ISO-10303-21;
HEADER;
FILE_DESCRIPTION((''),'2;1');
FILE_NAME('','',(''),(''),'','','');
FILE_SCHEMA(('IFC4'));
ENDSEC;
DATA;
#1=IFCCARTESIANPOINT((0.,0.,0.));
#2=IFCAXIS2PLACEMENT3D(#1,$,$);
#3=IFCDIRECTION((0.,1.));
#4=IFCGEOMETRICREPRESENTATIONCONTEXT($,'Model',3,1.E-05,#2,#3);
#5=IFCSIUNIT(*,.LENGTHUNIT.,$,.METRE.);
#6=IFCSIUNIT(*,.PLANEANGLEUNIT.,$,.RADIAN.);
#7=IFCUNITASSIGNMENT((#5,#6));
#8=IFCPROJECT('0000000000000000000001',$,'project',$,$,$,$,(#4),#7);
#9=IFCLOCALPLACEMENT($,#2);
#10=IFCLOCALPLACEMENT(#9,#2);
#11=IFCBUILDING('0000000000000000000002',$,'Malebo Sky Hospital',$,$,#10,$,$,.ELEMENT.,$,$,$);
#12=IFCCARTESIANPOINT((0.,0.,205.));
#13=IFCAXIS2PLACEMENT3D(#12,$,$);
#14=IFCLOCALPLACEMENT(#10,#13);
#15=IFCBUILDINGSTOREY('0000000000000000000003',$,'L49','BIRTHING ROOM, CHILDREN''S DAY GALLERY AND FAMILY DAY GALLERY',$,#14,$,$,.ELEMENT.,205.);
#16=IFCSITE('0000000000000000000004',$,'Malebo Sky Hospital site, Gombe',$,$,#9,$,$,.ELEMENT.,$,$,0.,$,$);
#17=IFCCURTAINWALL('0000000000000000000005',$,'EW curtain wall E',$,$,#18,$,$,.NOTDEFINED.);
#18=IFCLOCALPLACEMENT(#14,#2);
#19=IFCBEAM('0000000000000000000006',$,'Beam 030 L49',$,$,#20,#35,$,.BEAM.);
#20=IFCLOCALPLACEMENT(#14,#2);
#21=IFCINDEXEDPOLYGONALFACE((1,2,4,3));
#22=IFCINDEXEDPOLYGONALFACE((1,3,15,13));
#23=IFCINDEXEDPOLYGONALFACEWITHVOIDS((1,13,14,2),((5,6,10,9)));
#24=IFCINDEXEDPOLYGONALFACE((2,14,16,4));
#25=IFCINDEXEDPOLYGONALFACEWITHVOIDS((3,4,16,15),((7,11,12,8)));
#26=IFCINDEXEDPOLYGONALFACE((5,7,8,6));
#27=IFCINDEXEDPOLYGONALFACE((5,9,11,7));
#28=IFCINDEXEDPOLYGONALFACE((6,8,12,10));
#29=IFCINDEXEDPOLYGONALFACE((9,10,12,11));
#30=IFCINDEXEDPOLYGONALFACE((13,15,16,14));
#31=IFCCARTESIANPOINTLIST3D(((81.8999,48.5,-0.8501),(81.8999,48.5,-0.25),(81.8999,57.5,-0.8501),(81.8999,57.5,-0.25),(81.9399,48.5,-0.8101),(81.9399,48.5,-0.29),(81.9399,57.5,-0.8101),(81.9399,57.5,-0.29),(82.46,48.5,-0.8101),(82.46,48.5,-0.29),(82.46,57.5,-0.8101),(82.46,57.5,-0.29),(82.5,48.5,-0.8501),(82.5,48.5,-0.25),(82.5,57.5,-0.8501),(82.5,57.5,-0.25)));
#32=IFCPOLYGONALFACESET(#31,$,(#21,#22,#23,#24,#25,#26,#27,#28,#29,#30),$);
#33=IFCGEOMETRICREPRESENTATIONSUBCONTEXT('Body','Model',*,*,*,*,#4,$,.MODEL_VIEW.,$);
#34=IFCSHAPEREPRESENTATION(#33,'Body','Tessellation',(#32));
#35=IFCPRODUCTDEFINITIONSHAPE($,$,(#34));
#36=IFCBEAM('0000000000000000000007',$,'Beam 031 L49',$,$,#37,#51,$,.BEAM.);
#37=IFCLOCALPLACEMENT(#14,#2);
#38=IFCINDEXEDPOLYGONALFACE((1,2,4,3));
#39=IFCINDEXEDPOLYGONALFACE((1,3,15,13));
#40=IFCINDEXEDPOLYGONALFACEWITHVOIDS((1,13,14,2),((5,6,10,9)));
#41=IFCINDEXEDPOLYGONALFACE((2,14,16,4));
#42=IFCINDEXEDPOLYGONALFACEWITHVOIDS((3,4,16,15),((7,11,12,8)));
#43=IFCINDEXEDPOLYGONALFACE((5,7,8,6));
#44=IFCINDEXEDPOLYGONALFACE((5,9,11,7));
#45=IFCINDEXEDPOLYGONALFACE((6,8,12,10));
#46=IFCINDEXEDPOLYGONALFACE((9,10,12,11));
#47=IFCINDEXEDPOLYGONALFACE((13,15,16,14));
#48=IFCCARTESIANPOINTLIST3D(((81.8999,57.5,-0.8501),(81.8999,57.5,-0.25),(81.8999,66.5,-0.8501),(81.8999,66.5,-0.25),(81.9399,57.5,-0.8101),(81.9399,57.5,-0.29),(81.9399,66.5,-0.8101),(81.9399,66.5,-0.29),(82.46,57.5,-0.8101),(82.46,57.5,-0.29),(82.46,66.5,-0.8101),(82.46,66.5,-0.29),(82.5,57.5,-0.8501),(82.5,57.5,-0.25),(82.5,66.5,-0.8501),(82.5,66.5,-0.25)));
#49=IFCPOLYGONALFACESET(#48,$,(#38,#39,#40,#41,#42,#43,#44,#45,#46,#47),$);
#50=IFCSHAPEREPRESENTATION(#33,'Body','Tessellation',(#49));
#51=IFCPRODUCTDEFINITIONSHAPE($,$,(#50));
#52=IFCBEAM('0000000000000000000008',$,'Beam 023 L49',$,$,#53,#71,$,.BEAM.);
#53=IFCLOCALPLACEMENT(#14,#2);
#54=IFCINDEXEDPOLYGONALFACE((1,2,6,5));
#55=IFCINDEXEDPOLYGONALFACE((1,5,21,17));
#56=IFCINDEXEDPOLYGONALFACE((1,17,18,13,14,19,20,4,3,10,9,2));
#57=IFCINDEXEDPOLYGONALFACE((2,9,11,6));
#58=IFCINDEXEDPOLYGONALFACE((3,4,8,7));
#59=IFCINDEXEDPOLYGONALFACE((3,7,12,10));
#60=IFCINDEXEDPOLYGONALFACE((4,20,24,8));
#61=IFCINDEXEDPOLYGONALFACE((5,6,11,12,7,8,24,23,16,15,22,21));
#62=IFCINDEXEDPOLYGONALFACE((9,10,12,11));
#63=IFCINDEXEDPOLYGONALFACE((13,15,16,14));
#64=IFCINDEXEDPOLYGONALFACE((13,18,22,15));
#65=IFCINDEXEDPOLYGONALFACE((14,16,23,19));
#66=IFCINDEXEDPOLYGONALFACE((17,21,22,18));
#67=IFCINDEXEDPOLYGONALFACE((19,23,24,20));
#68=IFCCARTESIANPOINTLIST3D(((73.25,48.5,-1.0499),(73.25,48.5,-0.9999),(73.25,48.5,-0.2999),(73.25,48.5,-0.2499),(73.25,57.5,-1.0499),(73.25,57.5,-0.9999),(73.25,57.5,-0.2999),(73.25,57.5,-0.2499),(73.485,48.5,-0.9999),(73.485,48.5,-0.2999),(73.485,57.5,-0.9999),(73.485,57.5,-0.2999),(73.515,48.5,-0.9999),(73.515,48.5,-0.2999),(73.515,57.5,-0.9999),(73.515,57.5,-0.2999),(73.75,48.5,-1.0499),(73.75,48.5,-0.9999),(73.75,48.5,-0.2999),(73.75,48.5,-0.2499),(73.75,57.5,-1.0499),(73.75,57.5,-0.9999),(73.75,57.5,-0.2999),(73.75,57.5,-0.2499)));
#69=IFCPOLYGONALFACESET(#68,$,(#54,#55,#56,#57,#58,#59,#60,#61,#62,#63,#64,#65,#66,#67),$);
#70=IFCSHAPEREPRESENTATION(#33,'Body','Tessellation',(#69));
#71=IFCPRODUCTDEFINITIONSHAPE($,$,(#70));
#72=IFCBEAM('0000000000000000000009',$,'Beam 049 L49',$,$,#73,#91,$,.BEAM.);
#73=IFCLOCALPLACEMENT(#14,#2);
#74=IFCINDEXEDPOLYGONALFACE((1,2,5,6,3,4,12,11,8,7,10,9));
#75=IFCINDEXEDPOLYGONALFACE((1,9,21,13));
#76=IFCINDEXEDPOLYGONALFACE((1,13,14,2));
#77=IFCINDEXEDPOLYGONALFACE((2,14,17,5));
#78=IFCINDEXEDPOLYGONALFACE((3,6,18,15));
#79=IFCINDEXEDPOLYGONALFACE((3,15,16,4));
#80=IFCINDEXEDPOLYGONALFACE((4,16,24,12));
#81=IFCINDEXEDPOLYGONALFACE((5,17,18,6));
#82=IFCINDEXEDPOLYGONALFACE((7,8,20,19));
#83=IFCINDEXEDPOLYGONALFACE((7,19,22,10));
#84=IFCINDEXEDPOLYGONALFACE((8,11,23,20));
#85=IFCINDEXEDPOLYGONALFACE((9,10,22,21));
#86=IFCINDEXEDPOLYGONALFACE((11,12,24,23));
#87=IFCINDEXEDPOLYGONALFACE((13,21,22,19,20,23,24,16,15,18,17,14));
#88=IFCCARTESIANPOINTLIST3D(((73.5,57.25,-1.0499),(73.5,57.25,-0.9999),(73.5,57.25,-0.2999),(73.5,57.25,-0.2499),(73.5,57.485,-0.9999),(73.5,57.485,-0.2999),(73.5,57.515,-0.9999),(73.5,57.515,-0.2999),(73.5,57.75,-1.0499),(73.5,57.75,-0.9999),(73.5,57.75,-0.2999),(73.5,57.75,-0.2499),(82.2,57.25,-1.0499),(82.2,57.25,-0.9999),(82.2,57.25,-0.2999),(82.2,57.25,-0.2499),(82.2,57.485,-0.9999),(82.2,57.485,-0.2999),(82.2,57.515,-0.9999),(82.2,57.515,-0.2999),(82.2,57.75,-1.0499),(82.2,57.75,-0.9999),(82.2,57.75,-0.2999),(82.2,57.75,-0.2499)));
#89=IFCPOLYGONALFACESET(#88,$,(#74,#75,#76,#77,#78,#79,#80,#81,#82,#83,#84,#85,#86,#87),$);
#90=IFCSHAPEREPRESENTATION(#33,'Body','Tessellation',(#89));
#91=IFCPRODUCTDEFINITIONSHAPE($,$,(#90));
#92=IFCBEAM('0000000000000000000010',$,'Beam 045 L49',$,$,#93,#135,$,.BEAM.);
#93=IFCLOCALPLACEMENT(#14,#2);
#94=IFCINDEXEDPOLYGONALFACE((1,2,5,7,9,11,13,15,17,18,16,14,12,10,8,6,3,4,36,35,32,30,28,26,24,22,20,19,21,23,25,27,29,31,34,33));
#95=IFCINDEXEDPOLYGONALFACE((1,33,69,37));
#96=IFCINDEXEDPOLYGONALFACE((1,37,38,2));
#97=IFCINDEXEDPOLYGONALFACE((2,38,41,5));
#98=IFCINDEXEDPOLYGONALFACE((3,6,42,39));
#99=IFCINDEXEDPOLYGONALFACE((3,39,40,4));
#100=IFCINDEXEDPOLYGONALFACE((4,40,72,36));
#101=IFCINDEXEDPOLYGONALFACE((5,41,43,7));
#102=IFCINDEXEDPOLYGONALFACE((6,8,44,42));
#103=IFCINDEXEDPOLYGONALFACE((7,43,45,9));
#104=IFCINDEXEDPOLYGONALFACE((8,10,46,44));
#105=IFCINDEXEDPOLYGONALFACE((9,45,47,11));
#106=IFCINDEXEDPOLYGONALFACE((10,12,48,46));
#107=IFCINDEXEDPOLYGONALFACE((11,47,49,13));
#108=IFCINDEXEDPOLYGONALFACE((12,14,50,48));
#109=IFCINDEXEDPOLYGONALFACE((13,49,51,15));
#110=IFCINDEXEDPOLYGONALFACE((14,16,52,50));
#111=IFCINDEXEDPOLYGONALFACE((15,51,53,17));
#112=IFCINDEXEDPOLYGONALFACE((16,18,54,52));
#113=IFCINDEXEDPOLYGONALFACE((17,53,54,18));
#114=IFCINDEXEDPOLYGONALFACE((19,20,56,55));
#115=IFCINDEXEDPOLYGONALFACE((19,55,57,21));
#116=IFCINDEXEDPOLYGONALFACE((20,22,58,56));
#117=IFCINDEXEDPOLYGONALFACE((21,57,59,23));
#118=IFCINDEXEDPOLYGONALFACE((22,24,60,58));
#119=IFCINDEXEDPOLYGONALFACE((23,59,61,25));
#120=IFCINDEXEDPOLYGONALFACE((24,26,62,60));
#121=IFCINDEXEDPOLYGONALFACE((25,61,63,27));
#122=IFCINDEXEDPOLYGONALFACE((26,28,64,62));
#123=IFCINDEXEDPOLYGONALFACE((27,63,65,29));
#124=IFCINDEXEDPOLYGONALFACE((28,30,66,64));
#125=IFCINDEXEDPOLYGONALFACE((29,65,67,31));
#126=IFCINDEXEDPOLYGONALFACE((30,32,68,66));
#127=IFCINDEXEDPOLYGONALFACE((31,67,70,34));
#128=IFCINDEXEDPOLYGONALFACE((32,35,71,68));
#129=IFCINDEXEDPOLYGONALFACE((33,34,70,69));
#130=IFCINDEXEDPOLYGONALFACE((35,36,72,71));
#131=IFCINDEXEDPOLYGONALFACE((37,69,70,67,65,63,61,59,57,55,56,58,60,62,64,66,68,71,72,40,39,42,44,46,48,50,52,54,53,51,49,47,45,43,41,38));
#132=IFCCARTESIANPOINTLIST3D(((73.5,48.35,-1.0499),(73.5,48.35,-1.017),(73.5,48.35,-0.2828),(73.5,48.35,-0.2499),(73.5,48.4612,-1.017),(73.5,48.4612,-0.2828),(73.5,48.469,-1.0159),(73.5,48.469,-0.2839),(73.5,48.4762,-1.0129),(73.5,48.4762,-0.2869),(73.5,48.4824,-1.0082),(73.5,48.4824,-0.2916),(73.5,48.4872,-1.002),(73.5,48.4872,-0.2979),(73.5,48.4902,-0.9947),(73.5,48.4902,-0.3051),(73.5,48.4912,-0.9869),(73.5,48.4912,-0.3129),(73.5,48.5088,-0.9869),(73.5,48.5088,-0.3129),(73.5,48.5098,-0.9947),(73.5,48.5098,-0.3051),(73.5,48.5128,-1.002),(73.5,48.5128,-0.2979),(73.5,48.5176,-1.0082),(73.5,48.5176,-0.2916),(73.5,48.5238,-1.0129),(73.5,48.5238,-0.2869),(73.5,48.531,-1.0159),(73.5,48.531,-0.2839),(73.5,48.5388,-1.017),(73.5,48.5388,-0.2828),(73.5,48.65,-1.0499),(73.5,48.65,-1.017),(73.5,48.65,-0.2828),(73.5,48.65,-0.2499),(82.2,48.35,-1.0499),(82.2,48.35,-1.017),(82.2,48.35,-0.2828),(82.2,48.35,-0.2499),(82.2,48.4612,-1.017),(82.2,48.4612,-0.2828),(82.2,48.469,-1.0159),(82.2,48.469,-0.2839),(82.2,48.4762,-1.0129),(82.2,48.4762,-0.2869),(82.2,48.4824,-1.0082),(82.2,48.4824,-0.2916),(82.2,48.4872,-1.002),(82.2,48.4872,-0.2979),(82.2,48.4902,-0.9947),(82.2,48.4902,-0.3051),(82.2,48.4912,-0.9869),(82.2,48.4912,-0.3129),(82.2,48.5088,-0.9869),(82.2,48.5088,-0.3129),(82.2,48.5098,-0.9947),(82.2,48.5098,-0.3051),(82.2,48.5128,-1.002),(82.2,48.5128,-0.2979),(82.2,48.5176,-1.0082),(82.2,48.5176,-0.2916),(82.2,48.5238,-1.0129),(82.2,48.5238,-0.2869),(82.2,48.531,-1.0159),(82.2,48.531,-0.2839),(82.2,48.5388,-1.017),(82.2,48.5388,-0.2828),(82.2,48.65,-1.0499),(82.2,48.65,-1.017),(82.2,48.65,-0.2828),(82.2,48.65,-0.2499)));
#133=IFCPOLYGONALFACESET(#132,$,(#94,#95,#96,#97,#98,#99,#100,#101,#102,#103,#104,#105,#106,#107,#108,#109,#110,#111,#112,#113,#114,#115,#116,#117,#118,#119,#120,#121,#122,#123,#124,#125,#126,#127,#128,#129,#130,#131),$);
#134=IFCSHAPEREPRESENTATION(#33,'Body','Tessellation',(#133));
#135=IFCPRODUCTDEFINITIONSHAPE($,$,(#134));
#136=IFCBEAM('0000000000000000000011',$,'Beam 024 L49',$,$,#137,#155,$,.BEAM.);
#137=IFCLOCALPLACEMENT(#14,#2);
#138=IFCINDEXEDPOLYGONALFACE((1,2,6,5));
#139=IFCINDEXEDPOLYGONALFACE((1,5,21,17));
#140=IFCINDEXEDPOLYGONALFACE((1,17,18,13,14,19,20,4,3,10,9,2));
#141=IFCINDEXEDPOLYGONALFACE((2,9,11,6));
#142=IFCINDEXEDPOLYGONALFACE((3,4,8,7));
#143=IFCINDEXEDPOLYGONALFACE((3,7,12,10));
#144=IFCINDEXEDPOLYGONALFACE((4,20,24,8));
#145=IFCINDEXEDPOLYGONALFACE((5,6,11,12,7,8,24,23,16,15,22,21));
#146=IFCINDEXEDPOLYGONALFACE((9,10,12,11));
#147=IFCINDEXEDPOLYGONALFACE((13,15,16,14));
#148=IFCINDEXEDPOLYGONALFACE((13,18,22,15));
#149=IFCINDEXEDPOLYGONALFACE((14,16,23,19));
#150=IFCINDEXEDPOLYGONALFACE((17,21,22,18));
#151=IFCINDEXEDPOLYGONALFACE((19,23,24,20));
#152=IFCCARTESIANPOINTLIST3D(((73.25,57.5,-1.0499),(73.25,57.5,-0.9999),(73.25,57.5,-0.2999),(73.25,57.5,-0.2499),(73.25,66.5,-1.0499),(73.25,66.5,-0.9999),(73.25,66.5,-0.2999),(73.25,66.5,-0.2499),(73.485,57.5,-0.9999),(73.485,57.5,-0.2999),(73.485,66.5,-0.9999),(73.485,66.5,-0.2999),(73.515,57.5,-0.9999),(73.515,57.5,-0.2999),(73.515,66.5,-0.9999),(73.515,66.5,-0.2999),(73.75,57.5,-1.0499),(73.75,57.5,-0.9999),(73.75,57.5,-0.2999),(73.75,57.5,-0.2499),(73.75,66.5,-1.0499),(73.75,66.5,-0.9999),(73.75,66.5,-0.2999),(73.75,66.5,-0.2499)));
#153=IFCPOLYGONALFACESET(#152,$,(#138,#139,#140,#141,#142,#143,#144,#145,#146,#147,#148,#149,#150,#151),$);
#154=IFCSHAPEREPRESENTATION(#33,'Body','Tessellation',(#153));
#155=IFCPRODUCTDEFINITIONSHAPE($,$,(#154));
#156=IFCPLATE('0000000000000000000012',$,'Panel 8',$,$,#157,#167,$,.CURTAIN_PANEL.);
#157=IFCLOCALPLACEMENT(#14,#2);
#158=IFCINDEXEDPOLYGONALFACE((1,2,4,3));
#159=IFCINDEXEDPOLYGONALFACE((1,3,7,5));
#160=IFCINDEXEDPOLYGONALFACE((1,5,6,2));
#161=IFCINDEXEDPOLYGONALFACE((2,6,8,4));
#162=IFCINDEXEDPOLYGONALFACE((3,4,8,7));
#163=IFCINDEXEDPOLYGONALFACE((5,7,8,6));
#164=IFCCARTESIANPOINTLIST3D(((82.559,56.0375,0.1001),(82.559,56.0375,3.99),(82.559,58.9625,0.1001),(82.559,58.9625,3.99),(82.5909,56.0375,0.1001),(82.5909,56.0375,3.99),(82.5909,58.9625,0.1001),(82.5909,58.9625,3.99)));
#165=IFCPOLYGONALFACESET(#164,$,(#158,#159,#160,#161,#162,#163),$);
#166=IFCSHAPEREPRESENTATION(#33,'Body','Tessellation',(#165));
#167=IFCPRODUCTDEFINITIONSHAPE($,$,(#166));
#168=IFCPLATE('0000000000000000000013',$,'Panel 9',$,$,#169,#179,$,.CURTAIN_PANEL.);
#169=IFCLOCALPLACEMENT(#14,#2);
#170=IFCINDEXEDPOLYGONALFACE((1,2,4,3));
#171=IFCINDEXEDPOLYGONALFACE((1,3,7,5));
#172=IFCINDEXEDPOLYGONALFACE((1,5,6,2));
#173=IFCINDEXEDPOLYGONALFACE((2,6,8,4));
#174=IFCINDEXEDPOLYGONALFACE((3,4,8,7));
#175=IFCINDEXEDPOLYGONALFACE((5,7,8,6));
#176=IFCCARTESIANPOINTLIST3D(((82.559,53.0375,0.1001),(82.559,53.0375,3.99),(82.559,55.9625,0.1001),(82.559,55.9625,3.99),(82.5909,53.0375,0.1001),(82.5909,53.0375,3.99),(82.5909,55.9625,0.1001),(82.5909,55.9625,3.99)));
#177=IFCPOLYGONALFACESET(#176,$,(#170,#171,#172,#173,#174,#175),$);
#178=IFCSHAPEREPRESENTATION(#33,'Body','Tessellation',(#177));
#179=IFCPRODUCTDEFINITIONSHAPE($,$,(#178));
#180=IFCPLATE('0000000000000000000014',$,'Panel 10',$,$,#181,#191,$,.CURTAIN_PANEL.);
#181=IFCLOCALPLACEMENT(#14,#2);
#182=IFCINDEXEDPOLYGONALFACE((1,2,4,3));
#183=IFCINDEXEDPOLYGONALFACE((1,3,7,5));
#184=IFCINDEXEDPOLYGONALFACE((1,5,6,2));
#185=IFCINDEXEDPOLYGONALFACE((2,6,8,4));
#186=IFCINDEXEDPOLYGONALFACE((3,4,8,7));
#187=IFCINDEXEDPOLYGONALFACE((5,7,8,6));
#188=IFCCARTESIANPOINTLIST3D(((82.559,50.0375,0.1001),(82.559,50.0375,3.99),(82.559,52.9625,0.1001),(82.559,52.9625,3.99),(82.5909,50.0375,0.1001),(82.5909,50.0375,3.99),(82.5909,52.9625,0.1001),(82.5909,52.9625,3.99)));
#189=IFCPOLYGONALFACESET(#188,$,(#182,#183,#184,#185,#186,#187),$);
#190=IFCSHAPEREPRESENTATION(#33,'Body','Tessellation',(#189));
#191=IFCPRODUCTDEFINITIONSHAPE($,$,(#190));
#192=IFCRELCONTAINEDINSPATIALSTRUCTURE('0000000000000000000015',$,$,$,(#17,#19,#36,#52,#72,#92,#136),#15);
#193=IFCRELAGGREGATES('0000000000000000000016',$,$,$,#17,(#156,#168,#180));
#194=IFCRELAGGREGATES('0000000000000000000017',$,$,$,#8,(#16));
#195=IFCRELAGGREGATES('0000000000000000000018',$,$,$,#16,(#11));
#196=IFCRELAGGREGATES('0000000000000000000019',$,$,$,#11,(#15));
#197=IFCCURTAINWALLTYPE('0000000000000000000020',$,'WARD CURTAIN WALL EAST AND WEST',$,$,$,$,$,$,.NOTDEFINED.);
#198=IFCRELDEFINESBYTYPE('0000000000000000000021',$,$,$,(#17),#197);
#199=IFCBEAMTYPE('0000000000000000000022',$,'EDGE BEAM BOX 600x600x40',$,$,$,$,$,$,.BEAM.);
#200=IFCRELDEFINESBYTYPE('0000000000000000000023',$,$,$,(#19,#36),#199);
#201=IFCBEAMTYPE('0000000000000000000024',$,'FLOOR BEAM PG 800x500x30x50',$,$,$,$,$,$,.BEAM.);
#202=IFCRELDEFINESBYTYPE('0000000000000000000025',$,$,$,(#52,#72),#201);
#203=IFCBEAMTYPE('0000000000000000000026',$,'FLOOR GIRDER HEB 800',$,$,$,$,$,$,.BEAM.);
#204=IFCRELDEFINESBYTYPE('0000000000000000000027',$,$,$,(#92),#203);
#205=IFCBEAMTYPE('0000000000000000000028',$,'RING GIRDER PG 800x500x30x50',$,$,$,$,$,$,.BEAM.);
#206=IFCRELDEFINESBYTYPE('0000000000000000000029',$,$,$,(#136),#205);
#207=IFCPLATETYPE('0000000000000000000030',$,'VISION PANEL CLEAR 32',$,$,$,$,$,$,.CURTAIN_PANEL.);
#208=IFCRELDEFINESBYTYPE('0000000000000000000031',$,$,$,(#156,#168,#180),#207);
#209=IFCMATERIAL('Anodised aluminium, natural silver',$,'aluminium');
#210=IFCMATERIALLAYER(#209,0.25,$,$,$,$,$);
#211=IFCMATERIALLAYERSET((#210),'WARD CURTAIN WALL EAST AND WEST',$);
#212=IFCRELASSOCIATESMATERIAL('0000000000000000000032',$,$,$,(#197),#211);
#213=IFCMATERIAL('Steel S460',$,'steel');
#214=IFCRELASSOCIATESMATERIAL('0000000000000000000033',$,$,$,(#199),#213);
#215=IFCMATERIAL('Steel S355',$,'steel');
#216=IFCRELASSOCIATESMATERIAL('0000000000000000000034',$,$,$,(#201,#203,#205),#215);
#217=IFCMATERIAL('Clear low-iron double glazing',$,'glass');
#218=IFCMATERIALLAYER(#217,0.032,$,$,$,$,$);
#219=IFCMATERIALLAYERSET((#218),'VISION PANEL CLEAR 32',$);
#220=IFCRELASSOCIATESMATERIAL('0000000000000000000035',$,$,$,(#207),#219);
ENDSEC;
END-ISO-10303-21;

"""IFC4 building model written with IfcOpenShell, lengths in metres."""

from ifc_helpers import new_model, si_unit, direction, frame, origin, origin_2d, place, context, subcontext, project, spatial, rectangle, hollow_rectangle, i_section, extrude, material, layer, layer_set, material_profile, profile_set, type_object, element, aggregate, save


model = new_model("IFC4")

# Units and contexts
model_context = context("Model", 3, precision=1e-05, world=origin(), true_north=direction((0.0, 1.0)))
body_context = subcontext(model_context, "Body", "Model", "MODEL_VIEW")
ifc_project = project(units=[si_unit("LENGTHUNIT", "METRE"), si_unit("PLANEANGLEUNIT", "RADIAN")], contexts=[model_context])

# Site, building, storey
site_placement = place(None, origin())
site = spatial("IfcSite", under=ifc_project, at=site_placement, Name="Malebo Sky Hospital site, Gombe", CompositionType="ELEMENT", RefElevation=0.0)
building_placement = place(site_placement, origin())
building = spatial("IfcBuilding", under=site, at=building_placement, Name="Malebo Sky Hospital", CompositionType="ELEMENT")
storey_placement = place(building_placement, frame((0.0, 0.0, 205.0)))
storey = spatial("IfcBuildingStorey", under=building, at=storey_placement, Name="L49", Description="BIRTHING ROOM, CHILDREN'S DAY GALLERY AND FAMILY DAY GALLERY", CompositionType="ELEMENT", Elevation=205.0)

# Shared definitions
ifc_material_1 = material(Name="Steel S460", Category="steel")

# Curtain wall
ifc_material_2 = material(Name="Anodised aluminium, natural silver", Category="aluminium")
ifc_layer_1 = layer(ifc_material_2, 0.25)
ifc_layer_set_1 = layer_set([ifc_layer_1], Name="WARD CURTAIN WALL EAST AND WEST")
curtain_wall_type = type_object("IfcCurtainWallType", Name="WARD CURTAIN WALL EAST AND WEST", PredefinedType="NOTDEFINED", material=ifc_layer_set_1)
curtain_wall_placement = place(storey_placement, origin())
curtain_wall = element("IfcCurtainWall", 1, at=curtain_wall_placement, inside=storey, type_object=curtain_wall_type, Name="EW curtain wall E", PredefinedType="NOTDEFINED")

# Beams
ifc_material_profile_1 = material_profile(ifc_material_1, hollow_rectangle(XDim=0.6001, YDim=0.6001, WallThickness=0.04, at=origin_2d()), Name="BOX 600x600x40")
ifc_profile_set_1 = profile_set([ifc_material_profile_1], Name="Steel S460")
beam_type_1 = type_object("IfcBeamType", Name="EDGE BEAM BOX 600x600x40", PredefinedType="BEAM", material=ifc_profile_set_1)
for number, where, z_axis, x_axis, name in (
    (2, (82.2, 48.5, -0.55), (0.0, 1.0, 0.0), (-1.0, 0.0, 0.0), "Beam 030 L49"),
    (3, (82.2, 57.5, -0.55), (0.0, 1.0, 0.0), (-1.0, 0.0, 0.0), "Beam 031 L49"),
):
    element("IfcBeam", number, at=place(storey_placement, frame(where, z_axis=z_axis, x_axis=x_axis)), inside=storey, type_object=beam_type_1, Name=name, PredefinedType="BEAM", context=body_context, shape_type="SweptSolid", body=[
        extrude(hollow_rectangle(XDim=0.6001, YDim=0.6001, WallThickness=0.04, at=origin_2d()), origin(), (0.0, 0.0, 1.0), 9.0),
    ])
ifc_material_3 = material(Name="Steel S355", Category="steel")
ifc_material_profile_2 = material_profile(ifc_material_3, i_section(OverallWidth=0.5, OverallDepth=0.8, WebThickness=0.03, FlangeThickness=0.05, at=origin_2d()), Name="PG 800x500x30x50")
ifc_profile_set_2 = profile_set([ifc_material_profile_2], Name="Steel S355")
beam_type_2 = type_object("IfcBeamType", Name="FLOOR BEAM PG 800x500x30x50", PredefinedType="BEAM", material=ifc_profile_set_2)
beam_1_placement = place(storey_placement, frame((73.5, 48.5, -0.6499), z_axis=(0.0, 1.0, 0.0), x_axis=(-1.0, 0.0, 0.0)))
element("IfcBeam", 4, at=beam_1_placement, inside=storey, type_object=beam_type_2, Name="Beam 023 L49", PredefinedType="BEAM", context=body_context, shape_type="SweptSolid", body=[
    extrude(i_section(OverallWidth=0.5, OverallDepth=0.8, WebThickness=0.03, FlangeThickness=0.05, at=origin_2d()), origin(), (0.0, 0.0, 1.0), 9.0),
])
beam_2_placement = place(storey_placement, frame((73.5, 57.5, -0.6499), z_axis=(1.0, 0.0, 0.0), x_axis=(0.0, 1.0, 0.0)))
element("IfcBeam", 5, at=beam_2_placement, inside=storey, type_object=beam_type_2, Name="Beam 049 L49", PredefinedType="BEAM", context=body_context, shape_type="SweptSolid", body=[
    extrude(i_section(OverallWidth=0.5, OverallDepth=0.8, WebThickness=0.03, FlangeThickness=0.05, at=origin_2d()), origin(), (0.0, 0.0, 1.0), 8.7),
])
ifc_material_profile_3 = material_profile(ifc_material_3, i_section(OverallWidth=0.3, OverallDepth=0.8, WebThickness=0.0176, FlangeThickness=0.033, FilletRadius=0.03, at=origin_2d()), Name="HEB 800")
ifc_profile_set_3 = profile_set([ifc_material_profile_3], Name="Steel S355")
beam_type_3 = type_object("IfcBeamType", Name="FLOOR GIRDER HEB 800", PredefinedType="BEAM", material=ifc_profile_set_3)
beam_3_placement = place(storey_placement, frame((73.5, 48.5, -0.6499), z_axis=(1.0, 0.0, 0.0), x_axis=(0.0, 1.0, 0.0)))
element("IfcBeam", 6, at=beam_3_placement, inside=storey, type_object=beam_type_3, Name="Beam 045 L49", PredefinedType="BEAM", context=body_context, shape_type="SweptSolid", body=[
    extrude(i_section(OverallWidth=0.3, OverallDepth=0.8, WebThickness=0.0176, FlangeThickness=0.033, FilletRadius=0.03, at=origin_2d()), origin(), (0.0, 0.0, 1.0), 8.7),
])
ifc_material_profile_4 = material_profile(ifc_material_3, i_section(OverallWidth=0.5, OverallDepth=0.8, WebThickness=0.03, FlangeThickness=0.05, at=origin_2d()), Name="PG 800x500x30x50")
ifc_profile_set_4 = profile_set([ifc_material_profile_4], Name="Steel S355")
beam_type_4 = type_object("IfcBeamType", Name="RING GIRDER PG 800x500x30x50", PredefinedType="BEAM", material=ifc_profile_set_4)
beam_4_placement = place(storey_placement, frame((73.5, 57.5, -0.6499), z_axis=(0.0, 1.0, 0.0), x_axis=(-1.0, 0.0, 0.0)))
element("IfcBeam", 7, at=beam_4_placement, inside=storey, type_object=beam_type_4, Name="Beam 024 L49", PredefinedType="BEAM", context=body_context, shape_type="SweptSolid", body=[
    extrude(i_section(OverallWidth=0.5, OverallDepth=0.8, WebThickness=0.03, FlangeThickness=0.05, at=origin_2d()), origin(), (0.0, 0.0, 1.0), 9.0),
])

# Plates
ifc_material_4 = material(Name="Clear low-iron double glazing", Category="glass")
ifc_layer_2 = layer(ifc_material_4, 0.032)
ifc_layer_set_2 = layer_set([ifc_layer_2], Name="VISION PANEL CLEAR 32")
plate_type = type_object("IfcPlateType", Name="VISION PANEL CLEAR 32", PredefinedType="CURTAIN_PANEL", material=ifc_layer_set_2)
plate_1_placement = place(storey_placement, frame((82.575, 57.5, 0.1001), z_axis=(0.0, 0.0, 1.0), x_axis=(0.0, -1.0, 0.0)))
plate_1 = element("IfcPlate", 8, at=plate_1_placement, type_object=plate_type, Name="Panel 8", PredefinedType="CURTAIN_PANEL", context=body_context, shape_type="SweptSolid", body=[
    extrude(rectangle(XDim=2.925, YDim=0.032, at=origin_2d()), origin(), (0.0, 0.0, 1.0), 3.8899),
])
plate_2_placement = place(storey_placement, frame((82.575, 54.5, 0.1001), z_axis=(0.0, 0.0, 1.0), x_axis=(0.0, -1.0, 0.0)))
plate_2 = element("IfcPlate", 9, at=plate_2_placement, type_object=plate_type, Name="Panel 9", PredefinedType="CURTAIN_PANEL", context=body_context, shape_type="SweptSolid", body=[
    extrude(rectangle(XDim=2.925, YDim=0.032, at=origin_2d()), origin(), (0.0, 0.0, 1.0), 3.8899),
])
plate_3_placement = place(storey_placement, frame((82.575, 51.5, 0.1001), z_axis=(0.0, 0.0, 1.0), x_axis=(0.0, -1.0, 0.0)))
plate_3 = element("IfcPlate", 10, at=plate_3_placement, type_object=plate_type, Name="Panel 10", PredefinedType="CURTAIN_PANEL", context=body_context, shape_type="SweptSolid", body=[
    extrude(rectangle(XDim=2.925, YDim=0.032, at=origin_2d()), origin(), (0.0, 0.0, 1.0), 3.8899),
])
aggregate(curtain_wall, [plate_1, plate_2, plate_3])

save(model, "model.ifc")
